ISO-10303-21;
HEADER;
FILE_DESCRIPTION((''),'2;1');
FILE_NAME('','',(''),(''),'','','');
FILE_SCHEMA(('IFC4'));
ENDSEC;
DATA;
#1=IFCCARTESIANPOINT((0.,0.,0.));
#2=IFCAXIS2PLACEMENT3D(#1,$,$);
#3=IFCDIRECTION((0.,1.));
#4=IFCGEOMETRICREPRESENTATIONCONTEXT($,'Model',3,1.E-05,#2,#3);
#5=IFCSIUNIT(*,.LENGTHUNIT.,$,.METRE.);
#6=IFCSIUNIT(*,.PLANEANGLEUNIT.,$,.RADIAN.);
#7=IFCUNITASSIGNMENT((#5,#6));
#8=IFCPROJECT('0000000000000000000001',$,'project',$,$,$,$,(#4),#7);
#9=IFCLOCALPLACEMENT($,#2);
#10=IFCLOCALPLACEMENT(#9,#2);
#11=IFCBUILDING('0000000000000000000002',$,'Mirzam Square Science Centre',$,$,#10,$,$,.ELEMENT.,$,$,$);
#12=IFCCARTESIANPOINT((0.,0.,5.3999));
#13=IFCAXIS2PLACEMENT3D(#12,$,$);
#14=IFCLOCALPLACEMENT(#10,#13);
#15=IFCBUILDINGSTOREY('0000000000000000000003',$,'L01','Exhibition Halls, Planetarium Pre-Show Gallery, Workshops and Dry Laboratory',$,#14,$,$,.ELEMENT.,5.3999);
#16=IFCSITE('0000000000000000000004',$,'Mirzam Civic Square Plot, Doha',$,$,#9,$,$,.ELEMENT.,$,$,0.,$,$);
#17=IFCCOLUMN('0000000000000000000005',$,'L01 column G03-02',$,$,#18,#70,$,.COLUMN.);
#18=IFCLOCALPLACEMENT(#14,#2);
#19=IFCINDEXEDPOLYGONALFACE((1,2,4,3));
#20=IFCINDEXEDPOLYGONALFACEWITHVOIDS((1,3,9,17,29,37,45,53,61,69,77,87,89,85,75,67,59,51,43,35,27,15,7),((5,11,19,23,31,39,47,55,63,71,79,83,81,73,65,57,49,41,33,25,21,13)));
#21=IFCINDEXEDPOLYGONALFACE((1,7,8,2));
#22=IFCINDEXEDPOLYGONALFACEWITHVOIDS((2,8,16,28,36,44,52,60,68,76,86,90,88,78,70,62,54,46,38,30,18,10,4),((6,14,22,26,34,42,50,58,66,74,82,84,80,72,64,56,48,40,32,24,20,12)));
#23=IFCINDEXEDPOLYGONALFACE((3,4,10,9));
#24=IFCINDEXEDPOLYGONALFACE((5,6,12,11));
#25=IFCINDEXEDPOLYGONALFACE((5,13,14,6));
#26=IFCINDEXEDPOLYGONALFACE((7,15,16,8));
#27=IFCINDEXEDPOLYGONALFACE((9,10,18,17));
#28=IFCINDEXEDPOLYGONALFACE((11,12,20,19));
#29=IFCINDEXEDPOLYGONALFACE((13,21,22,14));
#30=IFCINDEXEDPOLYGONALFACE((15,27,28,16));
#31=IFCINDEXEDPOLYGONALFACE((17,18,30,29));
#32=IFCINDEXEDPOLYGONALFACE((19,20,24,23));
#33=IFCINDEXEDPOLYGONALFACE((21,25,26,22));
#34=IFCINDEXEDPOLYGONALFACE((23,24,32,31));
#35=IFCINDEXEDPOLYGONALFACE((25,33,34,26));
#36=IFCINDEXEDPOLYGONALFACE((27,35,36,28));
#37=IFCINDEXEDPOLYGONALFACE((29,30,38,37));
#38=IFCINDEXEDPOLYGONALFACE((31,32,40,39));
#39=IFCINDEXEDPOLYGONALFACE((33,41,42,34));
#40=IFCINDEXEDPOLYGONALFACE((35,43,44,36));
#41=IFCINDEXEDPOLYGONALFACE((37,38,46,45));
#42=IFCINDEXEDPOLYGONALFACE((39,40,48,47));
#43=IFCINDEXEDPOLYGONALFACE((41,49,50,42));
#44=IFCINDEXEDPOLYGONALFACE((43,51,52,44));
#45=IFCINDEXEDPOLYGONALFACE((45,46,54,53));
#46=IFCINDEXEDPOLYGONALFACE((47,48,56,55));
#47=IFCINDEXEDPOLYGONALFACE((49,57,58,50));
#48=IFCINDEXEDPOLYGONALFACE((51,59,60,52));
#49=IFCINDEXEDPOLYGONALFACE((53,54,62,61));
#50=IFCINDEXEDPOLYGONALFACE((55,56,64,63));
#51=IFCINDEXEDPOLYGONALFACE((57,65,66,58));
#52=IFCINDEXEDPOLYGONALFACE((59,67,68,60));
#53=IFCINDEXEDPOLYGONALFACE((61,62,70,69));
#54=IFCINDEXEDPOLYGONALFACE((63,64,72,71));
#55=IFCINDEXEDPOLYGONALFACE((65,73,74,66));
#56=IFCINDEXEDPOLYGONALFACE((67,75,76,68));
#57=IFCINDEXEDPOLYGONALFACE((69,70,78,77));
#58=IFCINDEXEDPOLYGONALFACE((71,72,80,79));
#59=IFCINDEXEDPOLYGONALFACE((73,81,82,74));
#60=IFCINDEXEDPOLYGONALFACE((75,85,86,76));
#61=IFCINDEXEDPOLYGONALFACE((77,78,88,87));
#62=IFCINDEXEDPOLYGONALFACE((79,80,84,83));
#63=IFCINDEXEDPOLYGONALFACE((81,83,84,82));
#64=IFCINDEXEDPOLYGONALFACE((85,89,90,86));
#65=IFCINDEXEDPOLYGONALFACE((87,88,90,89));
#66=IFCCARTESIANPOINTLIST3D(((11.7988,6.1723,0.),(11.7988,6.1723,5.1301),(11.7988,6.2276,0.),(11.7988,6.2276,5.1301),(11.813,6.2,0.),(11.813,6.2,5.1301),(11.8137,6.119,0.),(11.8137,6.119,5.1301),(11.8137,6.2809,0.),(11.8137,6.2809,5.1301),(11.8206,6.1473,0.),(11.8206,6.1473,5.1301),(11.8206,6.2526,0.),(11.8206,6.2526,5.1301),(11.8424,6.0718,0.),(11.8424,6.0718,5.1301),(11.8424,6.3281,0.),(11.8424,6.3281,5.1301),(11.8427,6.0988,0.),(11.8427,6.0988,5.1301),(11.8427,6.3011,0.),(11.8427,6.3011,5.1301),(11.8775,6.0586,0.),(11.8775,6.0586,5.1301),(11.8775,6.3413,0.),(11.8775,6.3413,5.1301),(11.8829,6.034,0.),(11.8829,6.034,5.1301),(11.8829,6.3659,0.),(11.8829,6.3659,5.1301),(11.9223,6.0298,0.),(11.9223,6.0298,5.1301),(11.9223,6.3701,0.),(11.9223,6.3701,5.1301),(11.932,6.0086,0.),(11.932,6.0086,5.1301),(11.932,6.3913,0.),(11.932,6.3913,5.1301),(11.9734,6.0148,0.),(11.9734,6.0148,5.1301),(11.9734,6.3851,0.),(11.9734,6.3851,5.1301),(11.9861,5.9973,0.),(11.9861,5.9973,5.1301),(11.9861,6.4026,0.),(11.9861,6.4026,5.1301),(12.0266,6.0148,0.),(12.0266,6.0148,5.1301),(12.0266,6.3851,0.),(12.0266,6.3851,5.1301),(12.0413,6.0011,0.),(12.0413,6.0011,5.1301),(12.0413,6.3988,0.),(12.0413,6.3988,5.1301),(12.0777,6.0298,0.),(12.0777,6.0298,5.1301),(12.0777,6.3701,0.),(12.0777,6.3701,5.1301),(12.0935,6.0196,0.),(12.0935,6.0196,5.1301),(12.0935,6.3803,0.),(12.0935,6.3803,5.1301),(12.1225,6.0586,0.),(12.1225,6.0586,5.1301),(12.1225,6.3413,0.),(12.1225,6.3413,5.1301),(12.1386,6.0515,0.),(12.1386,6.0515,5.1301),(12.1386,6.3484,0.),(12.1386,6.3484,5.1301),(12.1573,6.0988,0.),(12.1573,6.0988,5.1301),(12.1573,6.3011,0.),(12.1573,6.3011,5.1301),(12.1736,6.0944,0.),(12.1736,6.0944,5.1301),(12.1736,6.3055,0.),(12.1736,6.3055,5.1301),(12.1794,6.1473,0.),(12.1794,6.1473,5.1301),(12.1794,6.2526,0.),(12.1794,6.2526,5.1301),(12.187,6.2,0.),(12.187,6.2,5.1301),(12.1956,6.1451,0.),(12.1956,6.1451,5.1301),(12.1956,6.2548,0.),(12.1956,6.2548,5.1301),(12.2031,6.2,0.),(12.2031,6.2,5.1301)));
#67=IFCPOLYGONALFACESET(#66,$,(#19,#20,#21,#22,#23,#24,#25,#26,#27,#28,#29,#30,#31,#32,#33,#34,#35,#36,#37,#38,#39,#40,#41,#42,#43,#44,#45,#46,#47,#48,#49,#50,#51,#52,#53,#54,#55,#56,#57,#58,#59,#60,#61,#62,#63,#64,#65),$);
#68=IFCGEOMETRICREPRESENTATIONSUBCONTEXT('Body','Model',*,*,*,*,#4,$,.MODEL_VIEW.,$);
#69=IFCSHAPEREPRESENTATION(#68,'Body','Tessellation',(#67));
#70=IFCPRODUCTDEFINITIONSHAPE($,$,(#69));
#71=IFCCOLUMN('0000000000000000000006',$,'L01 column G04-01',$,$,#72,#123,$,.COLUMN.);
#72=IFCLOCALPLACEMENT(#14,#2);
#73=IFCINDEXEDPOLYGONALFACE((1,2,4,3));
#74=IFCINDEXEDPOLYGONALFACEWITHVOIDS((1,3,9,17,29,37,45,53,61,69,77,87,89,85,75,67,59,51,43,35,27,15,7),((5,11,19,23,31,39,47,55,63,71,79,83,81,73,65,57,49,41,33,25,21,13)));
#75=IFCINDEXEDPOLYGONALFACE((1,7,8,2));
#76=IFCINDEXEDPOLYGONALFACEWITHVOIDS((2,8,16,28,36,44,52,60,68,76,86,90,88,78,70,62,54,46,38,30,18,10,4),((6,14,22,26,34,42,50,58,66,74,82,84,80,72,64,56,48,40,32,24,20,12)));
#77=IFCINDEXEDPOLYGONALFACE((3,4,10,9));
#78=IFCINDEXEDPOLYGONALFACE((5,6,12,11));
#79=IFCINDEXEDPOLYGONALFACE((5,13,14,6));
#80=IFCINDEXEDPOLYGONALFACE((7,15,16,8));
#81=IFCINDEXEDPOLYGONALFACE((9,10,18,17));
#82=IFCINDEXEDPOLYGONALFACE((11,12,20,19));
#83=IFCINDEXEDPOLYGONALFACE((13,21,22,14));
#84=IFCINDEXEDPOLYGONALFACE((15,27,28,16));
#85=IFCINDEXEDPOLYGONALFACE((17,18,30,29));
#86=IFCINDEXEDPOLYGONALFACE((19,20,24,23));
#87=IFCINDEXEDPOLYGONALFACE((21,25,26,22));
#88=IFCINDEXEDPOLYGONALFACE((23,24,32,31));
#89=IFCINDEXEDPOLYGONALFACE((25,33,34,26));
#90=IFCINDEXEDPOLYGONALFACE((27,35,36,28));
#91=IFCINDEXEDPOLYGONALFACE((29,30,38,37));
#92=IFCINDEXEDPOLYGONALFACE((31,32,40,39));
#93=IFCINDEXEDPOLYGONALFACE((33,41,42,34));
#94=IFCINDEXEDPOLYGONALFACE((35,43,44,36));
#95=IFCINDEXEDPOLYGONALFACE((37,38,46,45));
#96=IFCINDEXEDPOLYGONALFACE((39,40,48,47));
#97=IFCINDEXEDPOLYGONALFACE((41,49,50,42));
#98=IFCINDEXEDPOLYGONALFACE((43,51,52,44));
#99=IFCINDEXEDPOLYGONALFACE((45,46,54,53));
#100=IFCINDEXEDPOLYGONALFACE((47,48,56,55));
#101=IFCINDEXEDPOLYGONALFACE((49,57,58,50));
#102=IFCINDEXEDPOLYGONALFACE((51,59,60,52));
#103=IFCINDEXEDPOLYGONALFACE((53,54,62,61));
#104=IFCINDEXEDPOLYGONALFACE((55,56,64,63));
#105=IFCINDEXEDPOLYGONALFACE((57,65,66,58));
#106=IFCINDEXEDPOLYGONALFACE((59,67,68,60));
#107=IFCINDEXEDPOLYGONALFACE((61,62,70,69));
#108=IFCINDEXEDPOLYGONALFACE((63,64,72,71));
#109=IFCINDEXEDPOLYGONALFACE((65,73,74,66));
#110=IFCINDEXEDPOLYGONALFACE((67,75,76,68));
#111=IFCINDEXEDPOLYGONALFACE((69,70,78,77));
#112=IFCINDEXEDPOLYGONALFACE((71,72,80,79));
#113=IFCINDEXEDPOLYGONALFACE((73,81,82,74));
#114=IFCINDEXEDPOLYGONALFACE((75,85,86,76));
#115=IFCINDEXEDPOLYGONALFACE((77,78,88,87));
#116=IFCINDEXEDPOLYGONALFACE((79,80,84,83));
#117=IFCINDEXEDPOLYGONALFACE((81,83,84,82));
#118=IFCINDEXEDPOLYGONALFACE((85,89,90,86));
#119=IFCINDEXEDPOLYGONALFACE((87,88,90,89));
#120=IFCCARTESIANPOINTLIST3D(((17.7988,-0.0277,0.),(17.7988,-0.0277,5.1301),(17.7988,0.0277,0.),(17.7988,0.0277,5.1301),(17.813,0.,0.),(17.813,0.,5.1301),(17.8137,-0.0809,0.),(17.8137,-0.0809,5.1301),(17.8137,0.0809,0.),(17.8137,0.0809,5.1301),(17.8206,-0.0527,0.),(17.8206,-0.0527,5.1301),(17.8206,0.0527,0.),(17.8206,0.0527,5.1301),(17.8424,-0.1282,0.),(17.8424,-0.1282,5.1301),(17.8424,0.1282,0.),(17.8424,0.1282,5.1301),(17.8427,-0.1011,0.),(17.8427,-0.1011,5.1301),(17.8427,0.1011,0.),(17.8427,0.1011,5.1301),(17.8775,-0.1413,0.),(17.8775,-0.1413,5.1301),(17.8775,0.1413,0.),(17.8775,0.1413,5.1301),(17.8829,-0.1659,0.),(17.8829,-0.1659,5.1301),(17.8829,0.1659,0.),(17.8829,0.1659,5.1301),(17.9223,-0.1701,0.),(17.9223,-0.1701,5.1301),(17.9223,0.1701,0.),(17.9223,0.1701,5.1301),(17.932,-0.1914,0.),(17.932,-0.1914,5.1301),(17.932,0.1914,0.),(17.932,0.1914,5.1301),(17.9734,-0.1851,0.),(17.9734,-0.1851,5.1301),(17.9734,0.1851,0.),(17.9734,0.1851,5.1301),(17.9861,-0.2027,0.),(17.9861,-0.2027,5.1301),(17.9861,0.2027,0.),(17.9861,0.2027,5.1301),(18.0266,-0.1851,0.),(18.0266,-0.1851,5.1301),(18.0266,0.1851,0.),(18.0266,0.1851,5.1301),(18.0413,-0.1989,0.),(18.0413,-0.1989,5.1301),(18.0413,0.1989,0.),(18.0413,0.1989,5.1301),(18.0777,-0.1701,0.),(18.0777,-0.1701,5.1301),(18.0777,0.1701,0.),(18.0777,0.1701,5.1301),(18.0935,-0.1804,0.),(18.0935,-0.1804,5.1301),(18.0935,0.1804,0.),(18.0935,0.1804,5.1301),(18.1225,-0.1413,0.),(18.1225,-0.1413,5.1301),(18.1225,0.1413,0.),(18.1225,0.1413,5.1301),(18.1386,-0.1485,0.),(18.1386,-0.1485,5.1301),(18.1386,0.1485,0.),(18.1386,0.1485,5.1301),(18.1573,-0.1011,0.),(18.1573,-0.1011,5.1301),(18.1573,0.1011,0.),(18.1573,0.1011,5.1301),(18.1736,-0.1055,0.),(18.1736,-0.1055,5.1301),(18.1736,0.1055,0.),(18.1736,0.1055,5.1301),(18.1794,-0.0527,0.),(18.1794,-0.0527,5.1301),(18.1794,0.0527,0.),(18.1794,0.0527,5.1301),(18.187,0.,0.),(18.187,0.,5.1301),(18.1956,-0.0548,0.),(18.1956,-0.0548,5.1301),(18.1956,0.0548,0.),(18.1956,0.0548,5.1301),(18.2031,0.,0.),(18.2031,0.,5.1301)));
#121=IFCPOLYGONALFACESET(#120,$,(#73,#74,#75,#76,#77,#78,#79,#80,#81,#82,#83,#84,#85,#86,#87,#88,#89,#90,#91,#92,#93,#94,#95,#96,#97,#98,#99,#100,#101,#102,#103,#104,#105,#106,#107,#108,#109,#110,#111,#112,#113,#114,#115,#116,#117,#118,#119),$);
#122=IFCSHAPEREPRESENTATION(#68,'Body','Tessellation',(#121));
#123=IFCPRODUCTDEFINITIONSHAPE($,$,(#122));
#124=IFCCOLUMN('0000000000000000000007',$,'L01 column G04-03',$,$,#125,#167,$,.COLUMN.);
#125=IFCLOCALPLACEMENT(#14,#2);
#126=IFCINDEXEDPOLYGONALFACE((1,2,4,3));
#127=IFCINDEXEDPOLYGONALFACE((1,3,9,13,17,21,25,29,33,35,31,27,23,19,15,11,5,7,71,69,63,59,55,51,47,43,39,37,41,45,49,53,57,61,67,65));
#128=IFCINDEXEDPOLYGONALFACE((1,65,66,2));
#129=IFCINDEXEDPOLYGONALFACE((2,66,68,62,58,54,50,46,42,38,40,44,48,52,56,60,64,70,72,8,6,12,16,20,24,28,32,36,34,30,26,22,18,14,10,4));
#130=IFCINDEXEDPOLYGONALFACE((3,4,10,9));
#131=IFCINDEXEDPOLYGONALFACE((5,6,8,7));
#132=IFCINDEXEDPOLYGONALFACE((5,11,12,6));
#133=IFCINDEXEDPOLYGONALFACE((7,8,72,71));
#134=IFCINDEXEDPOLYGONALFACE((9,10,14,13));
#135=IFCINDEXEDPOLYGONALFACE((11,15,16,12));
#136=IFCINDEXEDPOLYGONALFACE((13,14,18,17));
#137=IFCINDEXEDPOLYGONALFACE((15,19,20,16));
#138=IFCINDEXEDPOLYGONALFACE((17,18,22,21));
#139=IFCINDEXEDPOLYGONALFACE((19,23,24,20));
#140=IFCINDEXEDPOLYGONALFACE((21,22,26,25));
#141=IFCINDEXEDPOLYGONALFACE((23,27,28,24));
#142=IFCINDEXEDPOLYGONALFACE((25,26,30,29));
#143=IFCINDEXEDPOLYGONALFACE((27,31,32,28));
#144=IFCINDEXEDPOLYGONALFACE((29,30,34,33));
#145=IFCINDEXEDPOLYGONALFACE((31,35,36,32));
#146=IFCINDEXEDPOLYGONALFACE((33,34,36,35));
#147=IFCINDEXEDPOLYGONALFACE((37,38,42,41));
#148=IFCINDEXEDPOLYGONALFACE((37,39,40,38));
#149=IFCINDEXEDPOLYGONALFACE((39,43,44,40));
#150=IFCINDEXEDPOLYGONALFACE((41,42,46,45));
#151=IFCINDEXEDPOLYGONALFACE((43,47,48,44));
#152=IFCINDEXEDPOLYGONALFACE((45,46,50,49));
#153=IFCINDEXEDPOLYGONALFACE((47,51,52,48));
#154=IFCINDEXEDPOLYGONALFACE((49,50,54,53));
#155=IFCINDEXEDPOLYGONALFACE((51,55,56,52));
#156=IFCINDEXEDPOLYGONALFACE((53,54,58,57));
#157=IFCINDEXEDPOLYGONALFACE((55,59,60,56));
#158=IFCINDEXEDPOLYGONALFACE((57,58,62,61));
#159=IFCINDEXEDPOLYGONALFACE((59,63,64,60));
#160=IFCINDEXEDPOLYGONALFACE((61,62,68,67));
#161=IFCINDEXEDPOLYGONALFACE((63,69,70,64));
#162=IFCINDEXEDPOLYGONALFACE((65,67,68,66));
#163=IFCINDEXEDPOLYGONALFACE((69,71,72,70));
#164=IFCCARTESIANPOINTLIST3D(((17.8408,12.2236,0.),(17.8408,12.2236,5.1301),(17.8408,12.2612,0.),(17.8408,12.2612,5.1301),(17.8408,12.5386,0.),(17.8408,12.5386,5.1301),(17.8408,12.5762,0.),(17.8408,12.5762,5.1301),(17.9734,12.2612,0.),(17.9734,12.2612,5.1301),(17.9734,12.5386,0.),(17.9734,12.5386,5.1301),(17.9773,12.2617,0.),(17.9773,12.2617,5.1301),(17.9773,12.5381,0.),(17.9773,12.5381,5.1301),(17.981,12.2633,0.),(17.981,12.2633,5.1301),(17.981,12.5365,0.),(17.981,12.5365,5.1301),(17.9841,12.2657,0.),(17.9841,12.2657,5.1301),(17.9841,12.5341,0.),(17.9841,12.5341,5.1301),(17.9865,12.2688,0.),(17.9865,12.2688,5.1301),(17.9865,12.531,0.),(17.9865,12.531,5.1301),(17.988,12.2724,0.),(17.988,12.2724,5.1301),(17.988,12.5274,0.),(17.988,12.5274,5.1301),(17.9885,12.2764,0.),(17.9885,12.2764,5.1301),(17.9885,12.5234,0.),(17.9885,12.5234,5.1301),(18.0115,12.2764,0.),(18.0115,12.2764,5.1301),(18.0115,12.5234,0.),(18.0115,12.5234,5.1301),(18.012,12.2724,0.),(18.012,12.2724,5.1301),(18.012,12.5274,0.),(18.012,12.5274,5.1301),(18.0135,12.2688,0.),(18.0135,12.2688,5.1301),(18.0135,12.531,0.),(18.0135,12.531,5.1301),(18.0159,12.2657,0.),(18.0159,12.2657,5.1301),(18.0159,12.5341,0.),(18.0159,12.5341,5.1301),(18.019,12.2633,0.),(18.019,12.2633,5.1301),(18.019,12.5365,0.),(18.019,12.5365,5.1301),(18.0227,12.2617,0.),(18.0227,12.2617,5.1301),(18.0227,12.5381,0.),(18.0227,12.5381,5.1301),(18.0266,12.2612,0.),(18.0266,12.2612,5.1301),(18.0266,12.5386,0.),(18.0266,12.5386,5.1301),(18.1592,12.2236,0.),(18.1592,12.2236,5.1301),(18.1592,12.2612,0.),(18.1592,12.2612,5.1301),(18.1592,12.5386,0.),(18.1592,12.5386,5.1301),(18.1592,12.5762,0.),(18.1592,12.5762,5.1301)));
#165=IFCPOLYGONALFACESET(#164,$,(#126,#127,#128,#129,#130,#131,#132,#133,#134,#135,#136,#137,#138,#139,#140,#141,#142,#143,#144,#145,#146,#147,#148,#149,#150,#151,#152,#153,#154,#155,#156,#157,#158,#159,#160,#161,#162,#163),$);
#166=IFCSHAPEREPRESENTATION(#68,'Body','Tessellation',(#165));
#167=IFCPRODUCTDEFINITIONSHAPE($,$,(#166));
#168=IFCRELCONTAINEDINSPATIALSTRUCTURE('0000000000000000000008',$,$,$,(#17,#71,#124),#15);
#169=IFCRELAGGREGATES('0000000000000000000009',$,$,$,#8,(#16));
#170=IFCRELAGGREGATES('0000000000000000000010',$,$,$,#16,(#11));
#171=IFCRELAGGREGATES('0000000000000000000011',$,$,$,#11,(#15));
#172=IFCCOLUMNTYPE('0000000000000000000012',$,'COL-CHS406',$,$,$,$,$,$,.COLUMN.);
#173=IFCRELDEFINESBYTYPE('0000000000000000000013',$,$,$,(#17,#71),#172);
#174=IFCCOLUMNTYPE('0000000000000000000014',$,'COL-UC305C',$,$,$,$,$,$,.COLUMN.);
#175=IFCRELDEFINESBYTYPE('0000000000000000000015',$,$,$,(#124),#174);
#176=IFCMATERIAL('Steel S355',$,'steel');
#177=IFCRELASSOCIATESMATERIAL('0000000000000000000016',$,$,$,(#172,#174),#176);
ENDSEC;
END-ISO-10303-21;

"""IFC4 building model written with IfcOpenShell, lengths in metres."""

from ifc_helpers import new_model, si_unit, direction, frame, origin, origin_2d, place, context, subcontext, project, spatial, hollow_circle, i_section, extrude, material, material_profile, profile_set, type_object, element, save


model = new_model("IFC4")

# Units and contexts
model_context = context("Model", 3, precision=1e-05, world=origin(), true_north=direction((0.0, 1.0)))
body_context = subcontext(model_context, "Body", "Model", "MODEL_VIEW")
ifc_project = project(units=[si_unit("LENGTHUNIT", "METRE"), si_unit("PLANEANGLEUNIT", "RADIAN")], contexts=[model_context])

# Site, building, storey
site_placement = place(None, origin())
site = spatial("IfcSite", under=ifc_project, at=site_placement, Name="Mirzam Civic Square Plot, Doha", CompositionType="ELEMENT", RefElevation=0.0)
building_placement = place(site_placement, origin())
building = spatial("IfcBuilding", under=site, at=building_placement, Name="Mirzam Square Science Centre", CompositionType="ELEMENT")
storey_placement = place(building_placement, frame((0.0, 0.0, 5.3999)))
storey = spatial("IfcBuildingStorey", under=building, at=storey_placement, Name="L01", Description="Exhibition Halls, Planetarium Pre-Show Gallery, Workshops and Dry Laboratory", CompositionType="ELEMENT", Elevation=5.3999)

# Columns
ifc_material_1 = material(Name="Steel S355", Category="steel")
ifc_material_profile_1 = material_profile(ifc_material_1, hollow_circle(Radius=0.2031, WallThickness=0.0161, at=origin_2d()), Name="406.4x16.0CHS")
ifc_profile_set_1 = profile_set([ifc_material_profile_1], Name="Steel S355")
column_type_1 = type_object("IfcColumnType", Name="COL-CHS406", PredefinedType="COLUMN", material=ifc_profile_set_1)
for number, where, z_axis, x_axis, name in (
    (1, (12.0, 6.2, 0.0), (0.0, 0.0, 1.0), (1.0, 0.0, 0.0), "L01 column G03-02"),
    (2, (18.0, 0.0, 0.0), (0.0, 0.0, 1.0), (1.0, 0.0, 0.0), "L01 column G04-01"),
):
    element("IfcColumn", number, at=place(storey_placement, frame(where, z_axis=z_axis, x_axis=x_axis)), inside=storey, type_object=column_type_1, Name=name, PredefinedType="COLUMN", context=body_context, shape_type="SweptSolid", body=[
        extrude(hollow_circle(Radius=0.2031, WallThickness=0.0161, at=origin_2d()), origin(), (0.0, 0.0, 1.0), 5.1301),
    ])
ifc_material_profile_2 = material_profile(ifc_material_1, i_section(OverallWidth=0.3184, OverallDepth=0.3525, WebThickness=0.0229, FlangeThickness=0.0376, FilletRadius=0.0151, at=origin_2d()), Name="305x305x240UC")
ifc_profile_set_2 = profile_set([ifc_material_profile_2], Name="Steel S355")
column_type_2 = type_object("IfcColumnType", Name="COL-UC305C", PredefinedType="COLUMN", material=ifc_profile_set_2)
column_placement = place(storey_placement, frame((18.0, 12.3999, 0.0), z_axis=(0.0, 0.0, 1.0), x_axis=(1.0, 0.0, 0.0)))
element("IfcColumn", 3, at=column_placement, inside=storey, type_object=column_type_2, Name="L01 column G04-03", PredefinedType="COLUMN", context=body_context, shape_type="SweptSolid", body=[
    extrude(i_section(OverallWidth=0.3184, OverallDepth=0.3525, WebThickness=0.0229, FlangeThickness=0.0376, FilletRadius=0.0151, at=origin_2d()), origin(), (0.0, 0.0, 1.0), 5.1301),
])

save(model, "model.ifc")
